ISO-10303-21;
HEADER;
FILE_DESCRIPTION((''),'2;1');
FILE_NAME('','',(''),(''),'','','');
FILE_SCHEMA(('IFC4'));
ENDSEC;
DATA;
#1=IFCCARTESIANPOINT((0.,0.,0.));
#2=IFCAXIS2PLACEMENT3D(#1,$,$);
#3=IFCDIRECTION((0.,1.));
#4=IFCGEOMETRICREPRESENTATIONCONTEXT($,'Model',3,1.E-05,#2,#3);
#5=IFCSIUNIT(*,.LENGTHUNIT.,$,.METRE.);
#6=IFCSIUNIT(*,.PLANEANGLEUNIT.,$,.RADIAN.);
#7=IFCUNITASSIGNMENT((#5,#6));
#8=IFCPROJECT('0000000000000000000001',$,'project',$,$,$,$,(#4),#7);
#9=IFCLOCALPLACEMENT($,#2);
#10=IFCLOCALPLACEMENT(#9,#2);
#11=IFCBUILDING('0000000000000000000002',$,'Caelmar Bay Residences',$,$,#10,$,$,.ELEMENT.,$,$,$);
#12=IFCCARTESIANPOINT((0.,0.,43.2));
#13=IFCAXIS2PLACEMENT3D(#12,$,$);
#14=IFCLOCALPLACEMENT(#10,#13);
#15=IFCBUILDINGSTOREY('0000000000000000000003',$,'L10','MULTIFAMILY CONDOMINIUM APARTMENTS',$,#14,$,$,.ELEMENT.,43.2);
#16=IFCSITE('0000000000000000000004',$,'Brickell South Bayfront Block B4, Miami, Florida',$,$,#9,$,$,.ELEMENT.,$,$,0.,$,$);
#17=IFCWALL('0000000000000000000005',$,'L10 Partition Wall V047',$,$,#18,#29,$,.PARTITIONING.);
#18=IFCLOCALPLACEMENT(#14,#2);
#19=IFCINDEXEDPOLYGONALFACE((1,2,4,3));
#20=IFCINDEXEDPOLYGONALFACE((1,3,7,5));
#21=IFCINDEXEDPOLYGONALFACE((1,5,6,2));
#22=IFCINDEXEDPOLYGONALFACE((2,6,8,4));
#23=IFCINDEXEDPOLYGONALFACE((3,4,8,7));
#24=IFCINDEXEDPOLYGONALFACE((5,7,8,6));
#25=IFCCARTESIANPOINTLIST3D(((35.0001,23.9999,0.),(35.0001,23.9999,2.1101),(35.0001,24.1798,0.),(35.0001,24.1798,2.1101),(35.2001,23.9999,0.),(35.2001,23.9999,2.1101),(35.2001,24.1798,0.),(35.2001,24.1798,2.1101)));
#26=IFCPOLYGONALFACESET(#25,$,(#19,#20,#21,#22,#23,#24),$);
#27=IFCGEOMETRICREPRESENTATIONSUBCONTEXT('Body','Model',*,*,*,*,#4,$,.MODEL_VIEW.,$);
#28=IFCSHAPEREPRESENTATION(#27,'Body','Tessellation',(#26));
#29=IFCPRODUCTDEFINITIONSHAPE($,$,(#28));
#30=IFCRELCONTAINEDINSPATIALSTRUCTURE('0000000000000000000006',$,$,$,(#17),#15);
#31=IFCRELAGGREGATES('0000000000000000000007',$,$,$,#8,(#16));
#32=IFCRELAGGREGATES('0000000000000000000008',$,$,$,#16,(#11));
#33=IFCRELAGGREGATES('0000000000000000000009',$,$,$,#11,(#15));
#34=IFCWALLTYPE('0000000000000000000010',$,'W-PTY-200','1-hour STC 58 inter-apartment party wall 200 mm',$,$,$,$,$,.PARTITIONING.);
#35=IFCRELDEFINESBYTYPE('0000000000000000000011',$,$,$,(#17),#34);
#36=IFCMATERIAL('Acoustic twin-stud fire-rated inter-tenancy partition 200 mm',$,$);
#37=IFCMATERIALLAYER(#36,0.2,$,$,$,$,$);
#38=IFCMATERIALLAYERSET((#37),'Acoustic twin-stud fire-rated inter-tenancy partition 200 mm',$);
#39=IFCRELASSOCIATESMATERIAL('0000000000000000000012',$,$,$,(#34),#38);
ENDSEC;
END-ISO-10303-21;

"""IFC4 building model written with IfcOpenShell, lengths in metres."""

from ifc_helpers import new_model, si_unit, direction, frame, frame_2d, origin, place, context, subcontext, project, spatial, rectangle, extrude, material, layer, layer_set, type_object, element, save


model = new_model("IFC4")

# Units and contexts
model_context = context("Model", 3, precision=1e-05, world=origin(), true_north=direction((0.0, 1.0)))
body_context = subcontext(model_context, "Body", "Model", "MODEL_VIEW")
ifc_project = project(units=[si_unit("LENGTHUNIT", "METRE"), si_unit("PLANEANGLEUNIT", "RADIAN")], contexts=[model_context])

# Site, building, storey
site_placement = place(None, origin())
site = spatial("IfcSite", under=ifc_project, at=site_placement, Name="Brickell South Bayfront Block B4, Miami, Florida", CompositionType="ELEMENT", RefElevation=0.0)
building_placement = place(site_placement, origin())
building = spatial("IfcBuilding", under=site, at=building_placement, Name="Caelmar Bay Residences", CompositionType="ELEMENT")
storey_placement = place(building_placement, frame((0.0, 0.0, 43.2)))
storey = spatial("IfcBuildingStorey", under=building, at=storey_placement, Name="L10", Description="MULTIFAMILY CONDOMINIUM APARTMENTS", CompositionType="ELEMENT", Elevation=43.2)

# Wall
ifc_material_1 = material(Name="Acoustic twin-stud fire-rated inter-tenancy partition 200 mm")
ifc_layer_1 = layer(ifc_material_1, 0.2)
ifc_layer_set_1 = layer_set([ifc_layer_1], Name="Acoustic twin-stud fire-rated inter-tenancy partition 200 mm")
wall_type_1 = type_object("IfcWallType", Name="W-PTY-200", Description="1-hour STC 58 inter-apartment party wall 200 mm", PredefinedType="PARTITIONING", material=ifc_layer_set_1)
wall_1_placement = place(storey_placement, frame((35.1001, 24.0, 0.0), z_axis=(0.0, 0.0, 1.0), x_axis=(0.0, 1.0, 0.0)))
element("IfcWall", 1, at=wall_1_placement, inside=storey, type_object=wall_type_1, Name="L10 Partition Wall V047", PredefinedType="PARTITIONING", context=body_context, shape_type="SweptSolid", body=[
    extrude(rectangle(XDim=0.1799, YDim=0.2, at=frame_2d((0.0898, 0.0))), origin(), (0.0, 0.0, 1.0), 2.1101),
])

save(model, "model.ifc")
